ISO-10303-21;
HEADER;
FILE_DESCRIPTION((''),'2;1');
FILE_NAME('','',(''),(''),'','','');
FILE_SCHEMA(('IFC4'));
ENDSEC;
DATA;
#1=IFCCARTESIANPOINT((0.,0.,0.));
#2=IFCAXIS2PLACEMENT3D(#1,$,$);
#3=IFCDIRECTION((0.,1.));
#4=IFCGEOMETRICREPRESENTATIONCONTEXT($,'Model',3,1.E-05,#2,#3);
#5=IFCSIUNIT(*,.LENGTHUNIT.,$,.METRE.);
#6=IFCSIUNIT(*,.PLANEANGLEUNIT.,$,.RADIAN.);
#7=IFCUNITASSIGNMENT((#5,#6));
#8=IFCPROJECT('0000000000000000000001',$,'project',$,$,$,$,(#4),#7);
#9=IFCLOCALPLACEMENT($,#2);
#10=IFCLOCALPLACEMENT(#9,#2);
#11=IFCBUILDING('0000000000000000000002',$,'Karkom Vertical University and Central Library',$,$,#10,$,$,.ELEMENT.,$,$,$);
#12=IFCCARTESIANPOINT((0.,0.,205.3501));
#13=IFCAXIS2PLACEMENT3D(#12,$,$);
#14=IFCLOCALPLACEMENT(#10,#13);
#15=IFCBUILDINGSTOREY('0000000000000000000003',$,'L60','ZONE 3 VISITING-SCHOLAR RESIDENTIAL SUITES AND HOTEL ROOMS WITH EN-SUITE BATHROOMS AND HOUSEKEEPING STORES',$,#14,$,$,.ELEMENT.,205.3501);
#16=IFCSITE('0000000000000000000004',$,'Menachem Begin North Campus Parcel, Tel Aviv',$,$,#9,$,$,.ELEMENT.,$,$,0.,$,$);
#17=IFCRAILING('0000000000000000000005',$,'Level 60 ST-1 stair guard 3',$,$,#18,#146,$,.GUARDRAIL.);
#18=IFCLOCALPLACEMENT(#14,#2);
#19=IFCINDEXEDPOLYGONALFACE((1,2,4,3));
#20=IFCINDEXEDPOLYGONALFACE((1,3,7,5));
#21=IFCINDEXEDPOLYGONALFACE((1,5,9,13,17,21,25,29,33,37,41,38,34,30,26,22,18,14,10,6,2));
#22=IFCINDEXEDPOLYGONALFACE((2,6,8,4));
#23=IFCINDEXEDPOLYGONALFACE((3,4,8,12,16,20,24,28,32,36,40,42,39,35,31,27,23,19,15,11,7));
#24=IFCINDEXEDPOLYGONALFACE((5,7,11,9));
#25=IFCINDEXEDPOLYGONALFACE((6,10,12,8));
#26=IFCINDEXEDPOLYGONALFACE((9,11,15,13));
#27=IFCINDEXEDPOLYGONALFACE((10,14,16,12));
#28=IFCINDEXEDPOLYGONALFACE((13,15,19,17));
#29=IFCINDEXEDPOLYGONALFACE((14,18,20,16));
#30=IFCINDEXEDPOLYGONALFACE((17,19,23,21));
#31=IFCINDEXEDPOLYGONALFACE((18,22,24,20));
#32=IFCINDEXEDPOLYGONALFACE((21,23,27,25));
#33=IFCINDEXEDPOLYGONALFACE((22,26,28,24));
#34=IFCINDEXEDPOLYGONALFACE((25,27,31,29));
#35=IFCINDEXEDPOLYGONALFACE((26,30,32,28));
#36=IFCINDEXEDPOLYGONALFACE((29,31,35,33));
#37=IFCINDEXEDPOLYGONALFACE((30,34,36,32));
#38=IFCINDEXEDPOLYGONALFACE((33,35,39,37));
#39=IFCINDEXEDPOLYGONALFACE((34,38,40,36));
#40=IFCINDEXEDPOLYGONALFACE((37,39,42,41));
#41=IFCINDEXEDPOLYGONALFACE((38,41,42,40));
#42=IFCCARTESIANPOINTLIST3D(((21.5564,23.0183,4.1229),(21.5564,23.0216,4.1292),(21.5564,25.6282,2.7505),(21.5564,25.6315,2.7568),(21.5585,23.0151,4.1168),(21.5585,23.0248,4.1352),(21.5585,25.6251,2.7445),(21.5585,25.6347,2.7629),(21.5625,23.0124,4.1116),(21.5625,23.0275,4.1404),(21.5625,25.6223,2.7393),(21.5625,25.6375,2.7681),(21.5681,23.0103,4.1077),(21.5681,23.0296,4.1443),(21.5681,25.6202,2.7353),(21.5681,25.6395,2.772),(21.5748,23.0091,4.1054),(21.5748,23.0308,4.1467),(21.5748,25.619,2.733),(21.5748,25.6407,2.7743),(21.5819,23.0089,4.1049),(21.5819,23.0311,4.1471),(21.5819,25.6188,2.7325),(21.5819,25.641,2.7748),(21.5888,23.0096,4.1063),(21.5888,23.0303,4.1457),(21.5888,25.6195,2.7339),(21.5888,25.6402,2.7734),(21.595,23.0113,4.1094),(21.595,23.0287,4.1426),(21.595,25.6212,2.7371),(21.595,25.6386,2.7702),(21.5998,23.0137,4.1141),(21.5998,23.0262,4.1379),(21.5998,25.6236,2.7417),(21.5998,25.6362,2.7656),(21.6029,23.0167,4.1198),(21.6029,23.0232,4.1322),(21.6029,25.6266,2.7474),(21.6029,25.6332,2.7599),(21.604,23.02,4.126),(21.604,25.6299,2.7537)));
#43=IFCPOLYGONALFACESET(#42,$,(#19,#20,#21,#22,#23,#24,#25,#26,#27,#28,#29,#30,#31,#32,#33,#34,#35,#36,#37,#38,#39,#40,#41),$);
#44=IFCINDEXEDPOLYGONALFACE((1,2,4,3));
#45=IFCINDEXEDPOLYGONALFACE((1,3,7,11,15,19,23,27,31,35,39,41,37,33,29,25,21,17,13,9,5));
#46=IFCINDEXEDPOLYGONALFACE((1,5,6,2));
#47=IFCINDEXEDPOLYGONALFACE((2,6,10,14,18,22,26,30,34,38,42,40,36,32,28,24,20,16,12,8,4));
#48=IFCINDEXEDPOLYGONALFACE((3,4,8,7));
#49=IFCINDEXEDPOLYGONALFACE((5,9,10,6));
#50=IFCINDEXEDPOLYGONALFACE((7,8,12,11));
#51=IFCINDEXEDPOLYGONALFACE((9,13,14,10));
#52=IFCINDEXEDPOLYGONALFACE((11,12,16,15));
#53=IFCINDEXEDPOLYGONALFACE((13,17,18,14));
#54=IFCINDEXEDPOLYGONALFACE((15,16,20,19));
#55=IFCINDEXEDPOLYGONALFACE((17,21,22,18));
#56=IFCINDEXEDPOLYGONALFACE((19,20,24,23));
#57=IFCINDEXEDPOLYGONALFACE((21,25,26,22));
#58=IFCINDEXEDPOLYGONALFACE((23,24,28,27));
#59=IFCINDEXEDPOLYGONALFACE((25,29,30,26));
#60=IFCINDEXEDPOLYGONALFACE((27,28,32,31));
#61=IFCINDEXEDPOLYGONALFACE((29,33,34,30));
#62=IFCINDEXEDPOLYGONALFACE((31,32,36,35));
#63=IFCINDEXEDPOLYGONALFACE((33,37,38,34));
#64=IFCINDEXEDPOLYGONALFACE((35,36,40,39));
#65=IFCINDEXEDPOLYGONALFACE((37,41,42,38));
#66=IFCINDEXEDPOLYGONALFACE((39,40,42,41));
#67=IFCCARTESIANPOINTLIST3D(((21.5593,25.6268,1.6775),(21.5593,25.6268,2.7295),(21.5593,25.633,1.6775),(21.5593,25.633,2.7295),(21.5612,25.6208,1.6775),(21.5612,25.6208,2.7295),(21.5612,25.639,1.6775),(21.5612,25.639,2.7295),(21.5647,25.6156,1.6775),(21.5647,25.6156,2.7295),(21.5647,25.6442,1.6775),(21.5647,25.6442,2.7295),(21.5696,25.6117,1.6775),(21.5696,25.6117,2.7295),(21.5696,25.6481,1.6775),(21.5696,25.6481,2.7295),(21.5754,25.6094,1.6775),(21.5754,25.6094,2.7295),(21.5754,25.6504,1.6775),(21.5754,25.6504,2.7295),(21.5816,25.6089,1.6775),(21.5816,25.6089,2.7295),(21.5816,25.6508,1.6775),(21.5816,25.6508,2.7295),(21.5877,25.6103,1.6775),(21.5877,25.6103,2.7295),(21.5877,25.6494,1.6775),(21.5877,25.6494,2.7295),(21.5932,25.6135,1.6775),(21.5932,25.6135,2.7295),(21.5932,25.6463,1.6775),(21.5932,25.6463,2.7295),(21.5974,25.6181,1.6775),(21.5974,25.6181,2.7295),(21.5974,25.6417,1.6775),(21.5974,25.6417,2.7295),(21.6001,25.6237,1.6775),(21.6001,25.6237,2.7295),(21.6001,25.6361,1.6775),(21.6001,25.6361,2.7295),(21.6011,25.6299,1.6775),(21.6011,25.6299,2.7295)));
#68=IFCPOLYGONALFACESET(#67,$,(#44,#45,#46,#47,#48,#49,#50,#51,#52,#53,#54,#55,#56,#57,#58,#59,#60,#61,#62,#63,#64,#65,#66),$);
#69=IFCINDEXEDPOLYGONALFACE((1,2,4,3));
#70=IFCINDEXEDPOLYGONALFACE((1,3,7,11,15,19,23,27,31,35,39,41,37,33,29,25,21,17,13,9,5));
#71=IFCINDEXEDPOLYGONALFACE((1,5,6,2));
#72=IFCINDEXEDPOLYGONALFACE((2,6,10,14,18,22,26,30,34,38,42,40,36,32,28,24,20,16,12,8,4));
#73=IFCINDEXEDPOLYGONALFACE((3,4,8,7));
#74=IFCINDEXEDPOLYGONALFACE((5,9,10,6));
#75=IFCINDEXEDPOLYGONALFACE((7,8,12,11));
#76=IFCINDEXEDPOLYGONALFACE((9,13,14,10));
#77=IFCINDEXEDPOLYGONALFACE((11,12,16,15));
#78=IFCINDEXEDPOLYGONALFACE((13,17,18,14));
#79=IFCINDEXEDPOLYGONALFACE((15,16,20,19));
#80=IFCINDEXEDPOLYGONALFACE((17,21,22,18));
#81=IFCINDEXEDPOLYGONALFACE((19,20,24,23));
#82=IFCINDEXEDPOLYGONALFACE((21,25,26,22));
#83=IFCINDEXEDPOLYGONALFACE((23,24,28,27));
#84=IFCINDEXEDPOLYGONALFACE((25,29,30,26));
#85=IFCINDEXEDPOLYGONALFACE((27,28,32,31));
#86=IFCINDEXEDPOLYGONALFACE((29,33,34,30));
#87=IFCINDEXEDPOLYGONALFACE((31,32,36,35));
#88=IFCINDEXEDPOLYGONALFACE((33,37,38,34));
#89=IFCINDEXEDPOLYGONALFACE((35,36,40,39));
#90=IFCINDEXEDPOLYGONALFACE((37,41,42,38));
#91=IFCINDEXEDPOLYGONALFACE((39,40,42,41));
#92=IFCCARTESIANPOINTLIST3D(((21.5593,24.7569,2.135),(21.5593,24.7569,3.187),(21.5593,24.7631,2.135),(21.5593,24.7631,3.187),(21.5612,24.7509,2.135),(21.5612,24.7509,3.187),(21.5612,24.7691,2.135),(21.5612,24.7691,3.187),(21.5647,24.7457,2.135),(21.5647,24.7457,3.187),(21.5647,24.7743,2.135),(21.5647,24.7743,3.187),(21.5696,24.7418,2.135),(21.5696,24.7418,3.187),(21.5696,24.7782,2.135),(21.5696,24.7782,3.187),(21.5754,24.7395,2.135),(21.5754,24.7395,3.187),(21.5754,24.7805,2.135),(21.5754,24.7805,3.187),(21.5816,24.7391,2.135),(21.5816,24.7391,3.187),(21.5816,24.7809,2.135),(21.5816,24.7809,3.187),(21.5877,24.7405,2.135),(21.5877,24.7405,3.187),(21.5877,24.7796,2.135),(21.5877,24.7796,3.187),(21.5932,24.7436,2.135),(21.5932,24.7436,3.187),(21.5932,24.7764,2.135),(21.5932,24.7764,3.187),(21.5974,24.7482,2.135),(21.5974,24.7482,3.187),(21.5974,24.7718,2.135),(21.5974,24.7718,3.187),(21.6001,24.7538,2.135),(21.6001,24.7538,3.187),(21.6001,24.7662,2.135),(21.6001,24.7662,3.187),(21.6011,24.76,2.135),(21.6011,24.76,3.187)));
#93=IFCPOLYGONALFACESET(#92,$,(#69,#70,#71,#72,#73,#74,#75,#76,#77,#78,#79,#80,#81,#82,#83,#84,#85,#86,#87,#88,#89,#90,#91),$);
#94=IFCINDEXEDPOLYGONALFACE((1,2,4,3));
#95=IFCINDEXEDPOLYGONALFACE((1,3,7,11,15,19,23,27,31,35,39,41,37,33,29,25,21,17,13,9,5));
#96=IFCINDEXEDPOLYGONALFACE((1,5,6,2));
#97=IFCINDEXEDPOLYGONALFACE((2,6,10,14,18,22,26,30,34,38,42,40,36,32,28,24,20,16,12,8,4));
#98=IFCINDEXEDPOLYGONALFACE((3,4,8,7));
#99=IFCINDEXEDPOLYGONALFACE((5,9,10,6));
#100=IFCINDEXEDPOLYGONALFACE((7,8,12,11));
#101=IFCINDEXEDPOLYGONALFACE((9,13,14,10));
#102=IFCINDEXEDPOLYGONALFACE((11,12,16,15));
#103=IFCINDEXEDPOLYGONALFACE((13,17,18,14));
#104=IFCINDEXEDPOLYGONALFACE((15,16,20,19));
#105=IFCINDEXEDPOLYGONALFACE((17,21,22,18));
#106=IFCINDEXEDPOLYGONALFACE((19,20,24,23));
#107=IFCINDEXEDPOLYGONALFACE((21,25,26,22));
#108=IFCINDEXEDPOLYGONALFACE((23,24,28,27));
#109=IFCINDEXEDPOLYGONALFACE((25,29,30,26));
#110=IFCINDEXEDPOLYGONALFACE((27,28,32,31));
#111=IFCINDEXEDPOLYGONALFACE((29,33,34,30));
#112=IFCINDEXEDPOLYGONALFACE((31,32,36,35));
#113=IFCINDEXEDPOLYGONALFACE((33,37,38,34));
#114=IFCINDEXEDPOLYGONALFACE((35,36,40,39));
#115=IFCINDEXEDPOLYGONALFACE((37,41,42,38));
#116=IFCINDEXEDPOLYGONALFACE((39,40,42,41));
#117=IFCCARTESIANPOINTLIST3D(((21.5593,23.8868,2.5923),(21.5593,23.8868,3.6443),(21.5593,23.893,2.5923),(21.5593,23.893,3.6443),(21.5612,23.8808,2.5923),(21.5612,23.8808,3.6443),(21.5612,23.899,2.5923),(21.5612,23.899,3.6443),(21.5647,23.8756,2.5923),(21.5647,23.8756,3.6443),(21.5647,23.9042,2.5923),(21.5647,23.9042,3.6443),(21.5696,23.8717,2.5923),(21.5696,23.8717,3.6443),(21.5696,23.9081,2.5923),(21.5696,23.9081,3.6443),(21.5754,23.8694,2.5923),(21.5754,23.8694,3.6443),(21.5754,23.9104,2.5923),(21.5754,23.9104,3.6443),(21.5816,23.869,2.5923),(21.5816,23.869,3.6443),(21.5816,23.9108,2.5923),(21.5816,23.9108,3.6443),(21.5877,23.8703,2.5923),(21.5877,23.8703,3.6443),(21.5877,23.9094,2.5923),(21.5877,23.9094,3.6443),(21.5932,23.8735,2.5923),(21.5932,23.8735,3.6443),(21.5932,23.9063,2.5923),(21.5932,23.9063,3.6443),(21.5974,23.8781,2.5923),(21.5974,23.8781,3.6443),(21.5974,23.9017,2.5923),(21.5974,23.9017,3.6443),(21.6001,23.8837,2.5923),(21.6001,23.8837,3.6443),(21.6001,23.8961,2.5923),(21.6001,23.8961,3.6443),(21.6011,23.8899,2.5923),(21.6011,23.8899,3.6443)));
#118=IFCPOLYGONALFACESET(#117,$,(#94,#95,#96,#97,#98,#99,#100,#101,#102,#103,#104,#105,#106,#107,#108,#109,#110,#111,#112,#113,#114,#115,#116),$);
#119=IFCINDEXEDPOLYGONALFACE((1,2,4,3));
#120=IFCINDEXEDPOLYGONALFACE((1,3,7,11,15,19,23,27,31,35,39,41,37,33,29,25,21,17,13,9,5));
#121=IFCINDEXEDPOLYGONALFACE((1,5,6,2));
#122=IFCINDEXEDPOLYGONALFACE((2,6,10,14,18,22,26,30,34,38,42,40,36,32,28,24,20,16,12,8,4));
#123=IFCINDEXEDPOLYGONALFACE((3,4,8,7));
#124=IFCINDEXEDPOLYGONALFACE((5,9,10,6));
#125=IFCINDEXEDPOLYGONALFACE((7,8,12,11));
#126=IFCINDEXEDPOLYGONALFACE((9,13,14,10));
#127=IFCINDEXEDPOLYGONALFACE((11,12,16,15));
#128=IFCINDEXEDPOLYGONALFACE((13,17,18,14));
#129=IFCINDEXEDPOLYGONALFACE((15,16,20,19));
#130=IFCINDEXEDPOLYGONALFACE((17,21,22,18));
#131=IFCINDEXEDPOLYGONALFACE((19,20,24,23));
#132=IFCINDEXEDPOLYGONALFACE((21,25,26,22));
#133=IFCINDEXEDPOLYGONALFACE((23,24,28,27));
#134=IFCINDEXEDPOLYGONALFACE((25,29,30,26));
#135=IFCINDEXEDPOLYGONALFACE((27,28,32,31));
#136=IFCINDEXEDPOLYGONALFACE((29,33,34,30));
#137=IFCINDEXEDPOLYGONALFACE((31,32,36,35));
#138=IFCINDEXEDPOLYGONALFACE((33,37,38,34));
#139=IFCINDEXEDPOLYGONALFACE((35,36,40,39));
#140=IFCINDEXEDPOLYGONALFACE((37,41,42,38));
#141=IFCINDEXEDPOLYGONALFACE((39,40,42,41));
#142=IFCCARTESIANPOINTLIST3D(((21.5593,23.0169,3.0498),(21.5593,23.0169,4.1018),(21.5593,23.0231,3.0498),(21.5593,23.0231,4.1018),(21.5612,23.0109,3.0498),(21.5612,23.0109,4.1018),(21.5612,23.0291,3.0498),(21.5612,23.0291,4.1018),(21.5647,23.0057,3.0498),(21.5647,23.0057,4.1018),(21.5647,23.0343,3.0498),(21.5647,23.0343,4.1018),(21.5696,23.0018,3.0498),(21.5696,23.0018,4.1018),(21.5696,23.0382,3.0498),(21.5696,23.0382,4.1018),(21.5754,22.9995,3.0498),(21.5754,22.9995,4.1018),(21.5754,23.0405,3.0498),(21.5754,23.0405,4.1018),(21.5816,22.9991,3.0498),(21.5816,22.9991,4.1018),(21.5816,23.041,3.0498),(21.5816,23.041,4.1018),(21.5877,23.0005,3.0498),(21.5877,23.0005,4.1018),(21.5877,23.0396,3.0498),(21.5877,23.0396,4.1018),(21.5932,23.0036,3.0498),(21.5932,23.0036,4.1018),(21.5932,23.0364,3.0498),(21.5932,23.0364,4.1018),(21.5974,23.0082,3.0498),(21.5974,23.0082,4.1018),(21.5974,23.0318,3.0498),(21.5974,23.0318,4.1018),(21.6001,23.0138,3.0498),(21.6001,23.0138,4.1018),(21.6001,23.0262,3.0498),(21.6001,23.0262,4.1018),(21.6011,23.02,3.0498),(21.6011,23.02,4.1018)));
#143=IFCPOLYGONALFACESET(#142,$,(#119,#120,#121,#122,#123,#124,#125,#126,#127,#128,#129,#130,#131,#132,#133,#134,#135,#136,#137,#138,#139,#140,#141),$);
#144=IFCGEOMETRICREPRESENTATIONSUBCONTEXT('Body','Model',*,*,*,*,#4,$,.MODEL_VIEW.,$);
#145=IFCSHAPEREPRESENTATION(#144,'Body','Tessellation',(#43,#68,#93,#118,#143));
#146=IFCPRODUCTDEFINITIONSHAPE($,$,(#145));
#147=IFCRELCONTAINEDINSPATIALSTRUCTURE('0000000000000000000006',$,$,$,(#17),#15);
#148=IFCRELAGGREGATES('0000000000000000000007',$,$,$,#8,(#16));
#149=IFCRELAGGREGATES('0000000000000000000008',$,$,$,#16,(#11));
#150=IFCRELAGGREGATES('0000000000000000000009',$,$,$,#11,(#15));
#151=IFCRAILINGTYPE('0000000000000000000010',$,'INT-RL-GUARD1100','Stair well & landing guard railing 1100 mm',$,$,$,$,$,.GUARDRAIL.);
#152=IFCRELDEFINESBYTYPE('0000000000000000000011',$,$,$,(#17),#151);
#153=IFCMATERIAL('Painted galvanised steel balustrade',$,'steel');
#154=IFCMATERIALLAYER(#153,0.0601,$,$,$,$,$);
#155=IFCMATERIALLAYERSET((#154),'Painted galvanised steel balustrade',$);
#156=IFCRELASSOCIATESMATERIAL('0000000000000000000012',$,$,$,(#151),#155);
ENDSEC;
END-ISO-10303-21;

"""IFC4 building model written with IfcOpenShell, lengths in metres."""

from ifc_helpers import new_model, si_unit, direction, frame, origin, origin_2d, place, context, subcontext, project, spatial, circle, extrude, material, layer, layer_set, type_object, element, save


model = new_model("IFC4")

# Units and contexts
model_context = context("Model", 3, precision=1e-05, world=origin(), true_north=direction((0.0, 1.0)))
body_context = subcontext(model_context, "Body", "Model", "MODEL_VIEW")
ifc_project = project(units=[si_unit("LENGTHUNIT", "METRE"), si_unit("PLANEANGLEUNIT", "RADIAN")], contexts=[model_context])

# Site, building, storey
site_placement = place(None, origin())
site = spatial("IfcSite", under=ifc_project, at=site_placement, Name="Menachem Begin North Campus Parcel, Tel Aviv", CompositionType="ELEMENT", RefElevation=0.0)
building_placement = place(site_placement, origin())
building = spatial("IfcBuilding", under=site, at=building_placement, Name="Karkom Vertical University and Central Library", CompositionType="ELEMENT")
storey_placement = place(building_placement, frame((0.0, 0.0, 205.3501)))
storey = spatial("IfcBuildingStorey", under=building, at=storey_placement, Name="L60", Description="ZONE 3 VISITING-SCHOLAR RESIDENTIAL SUITES AND HOTEL ROOMS WITH EN-SUITE BATHROOMS AND HOUSEKEEPING STORES", CompositionType="ELEMENT", Elevation=205.3501)

# Railing
ifc_material_1 = material(Name="Painted galvanised steel balustrade", Category="steel")
ifc_layer_1 = layer(ifc_material_1, 0.0601)
ifc_layer_set_1 = layer_set([ifc_layer_1], Name="Painted galvanised steel balustrade")
railing_type_1 = type_object("IfcRailingType", Name="INT-RL-GUARD1100", Description="Stair well & landing guard railing 1100 mm", PredefinedType="GUARDRAIL", material=ifc_layer_set_1)
railing_1_placement = place(storey_placement, frame((21.5801, 25.6299, 1.6775)))
element("IfcRailing", 1, at=railing_1_placement, inside=storey, type_object=railing_type_1, Name="Level 60 ST-1 stair guard 3", PredefinedType="GUARDRAIL", context=body_context, shape_type="SweptSolid", body=[
    extrude(circle(Radius=0.0239, at=origin_2d()), frame((0.0, 0.0, 1.0762), z_axis=(0.0, -0.8851, 0.465402), x_axis=(1.0, 0.0, 0.0)), (0.0, 0.0, 1.0), 2.9487),
    extrude(circle(Radius=0.021, at=origin_2d()), origin(), (0.0, 0.0, 1.0), 1.052),
    extrude(circle(Radius=0.021, at=origin_2d()), frame((0.0, -0.8699, 0.4575)), (0.0, 0.0, 1.0), 1.052),
    extrude(circle(Radius=0.021, at=origin_2d()), frame((0.0, -1.74, 0.9148)), (0.0, 0.0, 1.0), 1.052),
    extrude(circle(Radius=0.021, at=origin_2d()), frame((0.0, -2.6099, 1.3723)), (0.0, 0.0, 1.0), 1.052),
])

save(model, "model.ifc")
